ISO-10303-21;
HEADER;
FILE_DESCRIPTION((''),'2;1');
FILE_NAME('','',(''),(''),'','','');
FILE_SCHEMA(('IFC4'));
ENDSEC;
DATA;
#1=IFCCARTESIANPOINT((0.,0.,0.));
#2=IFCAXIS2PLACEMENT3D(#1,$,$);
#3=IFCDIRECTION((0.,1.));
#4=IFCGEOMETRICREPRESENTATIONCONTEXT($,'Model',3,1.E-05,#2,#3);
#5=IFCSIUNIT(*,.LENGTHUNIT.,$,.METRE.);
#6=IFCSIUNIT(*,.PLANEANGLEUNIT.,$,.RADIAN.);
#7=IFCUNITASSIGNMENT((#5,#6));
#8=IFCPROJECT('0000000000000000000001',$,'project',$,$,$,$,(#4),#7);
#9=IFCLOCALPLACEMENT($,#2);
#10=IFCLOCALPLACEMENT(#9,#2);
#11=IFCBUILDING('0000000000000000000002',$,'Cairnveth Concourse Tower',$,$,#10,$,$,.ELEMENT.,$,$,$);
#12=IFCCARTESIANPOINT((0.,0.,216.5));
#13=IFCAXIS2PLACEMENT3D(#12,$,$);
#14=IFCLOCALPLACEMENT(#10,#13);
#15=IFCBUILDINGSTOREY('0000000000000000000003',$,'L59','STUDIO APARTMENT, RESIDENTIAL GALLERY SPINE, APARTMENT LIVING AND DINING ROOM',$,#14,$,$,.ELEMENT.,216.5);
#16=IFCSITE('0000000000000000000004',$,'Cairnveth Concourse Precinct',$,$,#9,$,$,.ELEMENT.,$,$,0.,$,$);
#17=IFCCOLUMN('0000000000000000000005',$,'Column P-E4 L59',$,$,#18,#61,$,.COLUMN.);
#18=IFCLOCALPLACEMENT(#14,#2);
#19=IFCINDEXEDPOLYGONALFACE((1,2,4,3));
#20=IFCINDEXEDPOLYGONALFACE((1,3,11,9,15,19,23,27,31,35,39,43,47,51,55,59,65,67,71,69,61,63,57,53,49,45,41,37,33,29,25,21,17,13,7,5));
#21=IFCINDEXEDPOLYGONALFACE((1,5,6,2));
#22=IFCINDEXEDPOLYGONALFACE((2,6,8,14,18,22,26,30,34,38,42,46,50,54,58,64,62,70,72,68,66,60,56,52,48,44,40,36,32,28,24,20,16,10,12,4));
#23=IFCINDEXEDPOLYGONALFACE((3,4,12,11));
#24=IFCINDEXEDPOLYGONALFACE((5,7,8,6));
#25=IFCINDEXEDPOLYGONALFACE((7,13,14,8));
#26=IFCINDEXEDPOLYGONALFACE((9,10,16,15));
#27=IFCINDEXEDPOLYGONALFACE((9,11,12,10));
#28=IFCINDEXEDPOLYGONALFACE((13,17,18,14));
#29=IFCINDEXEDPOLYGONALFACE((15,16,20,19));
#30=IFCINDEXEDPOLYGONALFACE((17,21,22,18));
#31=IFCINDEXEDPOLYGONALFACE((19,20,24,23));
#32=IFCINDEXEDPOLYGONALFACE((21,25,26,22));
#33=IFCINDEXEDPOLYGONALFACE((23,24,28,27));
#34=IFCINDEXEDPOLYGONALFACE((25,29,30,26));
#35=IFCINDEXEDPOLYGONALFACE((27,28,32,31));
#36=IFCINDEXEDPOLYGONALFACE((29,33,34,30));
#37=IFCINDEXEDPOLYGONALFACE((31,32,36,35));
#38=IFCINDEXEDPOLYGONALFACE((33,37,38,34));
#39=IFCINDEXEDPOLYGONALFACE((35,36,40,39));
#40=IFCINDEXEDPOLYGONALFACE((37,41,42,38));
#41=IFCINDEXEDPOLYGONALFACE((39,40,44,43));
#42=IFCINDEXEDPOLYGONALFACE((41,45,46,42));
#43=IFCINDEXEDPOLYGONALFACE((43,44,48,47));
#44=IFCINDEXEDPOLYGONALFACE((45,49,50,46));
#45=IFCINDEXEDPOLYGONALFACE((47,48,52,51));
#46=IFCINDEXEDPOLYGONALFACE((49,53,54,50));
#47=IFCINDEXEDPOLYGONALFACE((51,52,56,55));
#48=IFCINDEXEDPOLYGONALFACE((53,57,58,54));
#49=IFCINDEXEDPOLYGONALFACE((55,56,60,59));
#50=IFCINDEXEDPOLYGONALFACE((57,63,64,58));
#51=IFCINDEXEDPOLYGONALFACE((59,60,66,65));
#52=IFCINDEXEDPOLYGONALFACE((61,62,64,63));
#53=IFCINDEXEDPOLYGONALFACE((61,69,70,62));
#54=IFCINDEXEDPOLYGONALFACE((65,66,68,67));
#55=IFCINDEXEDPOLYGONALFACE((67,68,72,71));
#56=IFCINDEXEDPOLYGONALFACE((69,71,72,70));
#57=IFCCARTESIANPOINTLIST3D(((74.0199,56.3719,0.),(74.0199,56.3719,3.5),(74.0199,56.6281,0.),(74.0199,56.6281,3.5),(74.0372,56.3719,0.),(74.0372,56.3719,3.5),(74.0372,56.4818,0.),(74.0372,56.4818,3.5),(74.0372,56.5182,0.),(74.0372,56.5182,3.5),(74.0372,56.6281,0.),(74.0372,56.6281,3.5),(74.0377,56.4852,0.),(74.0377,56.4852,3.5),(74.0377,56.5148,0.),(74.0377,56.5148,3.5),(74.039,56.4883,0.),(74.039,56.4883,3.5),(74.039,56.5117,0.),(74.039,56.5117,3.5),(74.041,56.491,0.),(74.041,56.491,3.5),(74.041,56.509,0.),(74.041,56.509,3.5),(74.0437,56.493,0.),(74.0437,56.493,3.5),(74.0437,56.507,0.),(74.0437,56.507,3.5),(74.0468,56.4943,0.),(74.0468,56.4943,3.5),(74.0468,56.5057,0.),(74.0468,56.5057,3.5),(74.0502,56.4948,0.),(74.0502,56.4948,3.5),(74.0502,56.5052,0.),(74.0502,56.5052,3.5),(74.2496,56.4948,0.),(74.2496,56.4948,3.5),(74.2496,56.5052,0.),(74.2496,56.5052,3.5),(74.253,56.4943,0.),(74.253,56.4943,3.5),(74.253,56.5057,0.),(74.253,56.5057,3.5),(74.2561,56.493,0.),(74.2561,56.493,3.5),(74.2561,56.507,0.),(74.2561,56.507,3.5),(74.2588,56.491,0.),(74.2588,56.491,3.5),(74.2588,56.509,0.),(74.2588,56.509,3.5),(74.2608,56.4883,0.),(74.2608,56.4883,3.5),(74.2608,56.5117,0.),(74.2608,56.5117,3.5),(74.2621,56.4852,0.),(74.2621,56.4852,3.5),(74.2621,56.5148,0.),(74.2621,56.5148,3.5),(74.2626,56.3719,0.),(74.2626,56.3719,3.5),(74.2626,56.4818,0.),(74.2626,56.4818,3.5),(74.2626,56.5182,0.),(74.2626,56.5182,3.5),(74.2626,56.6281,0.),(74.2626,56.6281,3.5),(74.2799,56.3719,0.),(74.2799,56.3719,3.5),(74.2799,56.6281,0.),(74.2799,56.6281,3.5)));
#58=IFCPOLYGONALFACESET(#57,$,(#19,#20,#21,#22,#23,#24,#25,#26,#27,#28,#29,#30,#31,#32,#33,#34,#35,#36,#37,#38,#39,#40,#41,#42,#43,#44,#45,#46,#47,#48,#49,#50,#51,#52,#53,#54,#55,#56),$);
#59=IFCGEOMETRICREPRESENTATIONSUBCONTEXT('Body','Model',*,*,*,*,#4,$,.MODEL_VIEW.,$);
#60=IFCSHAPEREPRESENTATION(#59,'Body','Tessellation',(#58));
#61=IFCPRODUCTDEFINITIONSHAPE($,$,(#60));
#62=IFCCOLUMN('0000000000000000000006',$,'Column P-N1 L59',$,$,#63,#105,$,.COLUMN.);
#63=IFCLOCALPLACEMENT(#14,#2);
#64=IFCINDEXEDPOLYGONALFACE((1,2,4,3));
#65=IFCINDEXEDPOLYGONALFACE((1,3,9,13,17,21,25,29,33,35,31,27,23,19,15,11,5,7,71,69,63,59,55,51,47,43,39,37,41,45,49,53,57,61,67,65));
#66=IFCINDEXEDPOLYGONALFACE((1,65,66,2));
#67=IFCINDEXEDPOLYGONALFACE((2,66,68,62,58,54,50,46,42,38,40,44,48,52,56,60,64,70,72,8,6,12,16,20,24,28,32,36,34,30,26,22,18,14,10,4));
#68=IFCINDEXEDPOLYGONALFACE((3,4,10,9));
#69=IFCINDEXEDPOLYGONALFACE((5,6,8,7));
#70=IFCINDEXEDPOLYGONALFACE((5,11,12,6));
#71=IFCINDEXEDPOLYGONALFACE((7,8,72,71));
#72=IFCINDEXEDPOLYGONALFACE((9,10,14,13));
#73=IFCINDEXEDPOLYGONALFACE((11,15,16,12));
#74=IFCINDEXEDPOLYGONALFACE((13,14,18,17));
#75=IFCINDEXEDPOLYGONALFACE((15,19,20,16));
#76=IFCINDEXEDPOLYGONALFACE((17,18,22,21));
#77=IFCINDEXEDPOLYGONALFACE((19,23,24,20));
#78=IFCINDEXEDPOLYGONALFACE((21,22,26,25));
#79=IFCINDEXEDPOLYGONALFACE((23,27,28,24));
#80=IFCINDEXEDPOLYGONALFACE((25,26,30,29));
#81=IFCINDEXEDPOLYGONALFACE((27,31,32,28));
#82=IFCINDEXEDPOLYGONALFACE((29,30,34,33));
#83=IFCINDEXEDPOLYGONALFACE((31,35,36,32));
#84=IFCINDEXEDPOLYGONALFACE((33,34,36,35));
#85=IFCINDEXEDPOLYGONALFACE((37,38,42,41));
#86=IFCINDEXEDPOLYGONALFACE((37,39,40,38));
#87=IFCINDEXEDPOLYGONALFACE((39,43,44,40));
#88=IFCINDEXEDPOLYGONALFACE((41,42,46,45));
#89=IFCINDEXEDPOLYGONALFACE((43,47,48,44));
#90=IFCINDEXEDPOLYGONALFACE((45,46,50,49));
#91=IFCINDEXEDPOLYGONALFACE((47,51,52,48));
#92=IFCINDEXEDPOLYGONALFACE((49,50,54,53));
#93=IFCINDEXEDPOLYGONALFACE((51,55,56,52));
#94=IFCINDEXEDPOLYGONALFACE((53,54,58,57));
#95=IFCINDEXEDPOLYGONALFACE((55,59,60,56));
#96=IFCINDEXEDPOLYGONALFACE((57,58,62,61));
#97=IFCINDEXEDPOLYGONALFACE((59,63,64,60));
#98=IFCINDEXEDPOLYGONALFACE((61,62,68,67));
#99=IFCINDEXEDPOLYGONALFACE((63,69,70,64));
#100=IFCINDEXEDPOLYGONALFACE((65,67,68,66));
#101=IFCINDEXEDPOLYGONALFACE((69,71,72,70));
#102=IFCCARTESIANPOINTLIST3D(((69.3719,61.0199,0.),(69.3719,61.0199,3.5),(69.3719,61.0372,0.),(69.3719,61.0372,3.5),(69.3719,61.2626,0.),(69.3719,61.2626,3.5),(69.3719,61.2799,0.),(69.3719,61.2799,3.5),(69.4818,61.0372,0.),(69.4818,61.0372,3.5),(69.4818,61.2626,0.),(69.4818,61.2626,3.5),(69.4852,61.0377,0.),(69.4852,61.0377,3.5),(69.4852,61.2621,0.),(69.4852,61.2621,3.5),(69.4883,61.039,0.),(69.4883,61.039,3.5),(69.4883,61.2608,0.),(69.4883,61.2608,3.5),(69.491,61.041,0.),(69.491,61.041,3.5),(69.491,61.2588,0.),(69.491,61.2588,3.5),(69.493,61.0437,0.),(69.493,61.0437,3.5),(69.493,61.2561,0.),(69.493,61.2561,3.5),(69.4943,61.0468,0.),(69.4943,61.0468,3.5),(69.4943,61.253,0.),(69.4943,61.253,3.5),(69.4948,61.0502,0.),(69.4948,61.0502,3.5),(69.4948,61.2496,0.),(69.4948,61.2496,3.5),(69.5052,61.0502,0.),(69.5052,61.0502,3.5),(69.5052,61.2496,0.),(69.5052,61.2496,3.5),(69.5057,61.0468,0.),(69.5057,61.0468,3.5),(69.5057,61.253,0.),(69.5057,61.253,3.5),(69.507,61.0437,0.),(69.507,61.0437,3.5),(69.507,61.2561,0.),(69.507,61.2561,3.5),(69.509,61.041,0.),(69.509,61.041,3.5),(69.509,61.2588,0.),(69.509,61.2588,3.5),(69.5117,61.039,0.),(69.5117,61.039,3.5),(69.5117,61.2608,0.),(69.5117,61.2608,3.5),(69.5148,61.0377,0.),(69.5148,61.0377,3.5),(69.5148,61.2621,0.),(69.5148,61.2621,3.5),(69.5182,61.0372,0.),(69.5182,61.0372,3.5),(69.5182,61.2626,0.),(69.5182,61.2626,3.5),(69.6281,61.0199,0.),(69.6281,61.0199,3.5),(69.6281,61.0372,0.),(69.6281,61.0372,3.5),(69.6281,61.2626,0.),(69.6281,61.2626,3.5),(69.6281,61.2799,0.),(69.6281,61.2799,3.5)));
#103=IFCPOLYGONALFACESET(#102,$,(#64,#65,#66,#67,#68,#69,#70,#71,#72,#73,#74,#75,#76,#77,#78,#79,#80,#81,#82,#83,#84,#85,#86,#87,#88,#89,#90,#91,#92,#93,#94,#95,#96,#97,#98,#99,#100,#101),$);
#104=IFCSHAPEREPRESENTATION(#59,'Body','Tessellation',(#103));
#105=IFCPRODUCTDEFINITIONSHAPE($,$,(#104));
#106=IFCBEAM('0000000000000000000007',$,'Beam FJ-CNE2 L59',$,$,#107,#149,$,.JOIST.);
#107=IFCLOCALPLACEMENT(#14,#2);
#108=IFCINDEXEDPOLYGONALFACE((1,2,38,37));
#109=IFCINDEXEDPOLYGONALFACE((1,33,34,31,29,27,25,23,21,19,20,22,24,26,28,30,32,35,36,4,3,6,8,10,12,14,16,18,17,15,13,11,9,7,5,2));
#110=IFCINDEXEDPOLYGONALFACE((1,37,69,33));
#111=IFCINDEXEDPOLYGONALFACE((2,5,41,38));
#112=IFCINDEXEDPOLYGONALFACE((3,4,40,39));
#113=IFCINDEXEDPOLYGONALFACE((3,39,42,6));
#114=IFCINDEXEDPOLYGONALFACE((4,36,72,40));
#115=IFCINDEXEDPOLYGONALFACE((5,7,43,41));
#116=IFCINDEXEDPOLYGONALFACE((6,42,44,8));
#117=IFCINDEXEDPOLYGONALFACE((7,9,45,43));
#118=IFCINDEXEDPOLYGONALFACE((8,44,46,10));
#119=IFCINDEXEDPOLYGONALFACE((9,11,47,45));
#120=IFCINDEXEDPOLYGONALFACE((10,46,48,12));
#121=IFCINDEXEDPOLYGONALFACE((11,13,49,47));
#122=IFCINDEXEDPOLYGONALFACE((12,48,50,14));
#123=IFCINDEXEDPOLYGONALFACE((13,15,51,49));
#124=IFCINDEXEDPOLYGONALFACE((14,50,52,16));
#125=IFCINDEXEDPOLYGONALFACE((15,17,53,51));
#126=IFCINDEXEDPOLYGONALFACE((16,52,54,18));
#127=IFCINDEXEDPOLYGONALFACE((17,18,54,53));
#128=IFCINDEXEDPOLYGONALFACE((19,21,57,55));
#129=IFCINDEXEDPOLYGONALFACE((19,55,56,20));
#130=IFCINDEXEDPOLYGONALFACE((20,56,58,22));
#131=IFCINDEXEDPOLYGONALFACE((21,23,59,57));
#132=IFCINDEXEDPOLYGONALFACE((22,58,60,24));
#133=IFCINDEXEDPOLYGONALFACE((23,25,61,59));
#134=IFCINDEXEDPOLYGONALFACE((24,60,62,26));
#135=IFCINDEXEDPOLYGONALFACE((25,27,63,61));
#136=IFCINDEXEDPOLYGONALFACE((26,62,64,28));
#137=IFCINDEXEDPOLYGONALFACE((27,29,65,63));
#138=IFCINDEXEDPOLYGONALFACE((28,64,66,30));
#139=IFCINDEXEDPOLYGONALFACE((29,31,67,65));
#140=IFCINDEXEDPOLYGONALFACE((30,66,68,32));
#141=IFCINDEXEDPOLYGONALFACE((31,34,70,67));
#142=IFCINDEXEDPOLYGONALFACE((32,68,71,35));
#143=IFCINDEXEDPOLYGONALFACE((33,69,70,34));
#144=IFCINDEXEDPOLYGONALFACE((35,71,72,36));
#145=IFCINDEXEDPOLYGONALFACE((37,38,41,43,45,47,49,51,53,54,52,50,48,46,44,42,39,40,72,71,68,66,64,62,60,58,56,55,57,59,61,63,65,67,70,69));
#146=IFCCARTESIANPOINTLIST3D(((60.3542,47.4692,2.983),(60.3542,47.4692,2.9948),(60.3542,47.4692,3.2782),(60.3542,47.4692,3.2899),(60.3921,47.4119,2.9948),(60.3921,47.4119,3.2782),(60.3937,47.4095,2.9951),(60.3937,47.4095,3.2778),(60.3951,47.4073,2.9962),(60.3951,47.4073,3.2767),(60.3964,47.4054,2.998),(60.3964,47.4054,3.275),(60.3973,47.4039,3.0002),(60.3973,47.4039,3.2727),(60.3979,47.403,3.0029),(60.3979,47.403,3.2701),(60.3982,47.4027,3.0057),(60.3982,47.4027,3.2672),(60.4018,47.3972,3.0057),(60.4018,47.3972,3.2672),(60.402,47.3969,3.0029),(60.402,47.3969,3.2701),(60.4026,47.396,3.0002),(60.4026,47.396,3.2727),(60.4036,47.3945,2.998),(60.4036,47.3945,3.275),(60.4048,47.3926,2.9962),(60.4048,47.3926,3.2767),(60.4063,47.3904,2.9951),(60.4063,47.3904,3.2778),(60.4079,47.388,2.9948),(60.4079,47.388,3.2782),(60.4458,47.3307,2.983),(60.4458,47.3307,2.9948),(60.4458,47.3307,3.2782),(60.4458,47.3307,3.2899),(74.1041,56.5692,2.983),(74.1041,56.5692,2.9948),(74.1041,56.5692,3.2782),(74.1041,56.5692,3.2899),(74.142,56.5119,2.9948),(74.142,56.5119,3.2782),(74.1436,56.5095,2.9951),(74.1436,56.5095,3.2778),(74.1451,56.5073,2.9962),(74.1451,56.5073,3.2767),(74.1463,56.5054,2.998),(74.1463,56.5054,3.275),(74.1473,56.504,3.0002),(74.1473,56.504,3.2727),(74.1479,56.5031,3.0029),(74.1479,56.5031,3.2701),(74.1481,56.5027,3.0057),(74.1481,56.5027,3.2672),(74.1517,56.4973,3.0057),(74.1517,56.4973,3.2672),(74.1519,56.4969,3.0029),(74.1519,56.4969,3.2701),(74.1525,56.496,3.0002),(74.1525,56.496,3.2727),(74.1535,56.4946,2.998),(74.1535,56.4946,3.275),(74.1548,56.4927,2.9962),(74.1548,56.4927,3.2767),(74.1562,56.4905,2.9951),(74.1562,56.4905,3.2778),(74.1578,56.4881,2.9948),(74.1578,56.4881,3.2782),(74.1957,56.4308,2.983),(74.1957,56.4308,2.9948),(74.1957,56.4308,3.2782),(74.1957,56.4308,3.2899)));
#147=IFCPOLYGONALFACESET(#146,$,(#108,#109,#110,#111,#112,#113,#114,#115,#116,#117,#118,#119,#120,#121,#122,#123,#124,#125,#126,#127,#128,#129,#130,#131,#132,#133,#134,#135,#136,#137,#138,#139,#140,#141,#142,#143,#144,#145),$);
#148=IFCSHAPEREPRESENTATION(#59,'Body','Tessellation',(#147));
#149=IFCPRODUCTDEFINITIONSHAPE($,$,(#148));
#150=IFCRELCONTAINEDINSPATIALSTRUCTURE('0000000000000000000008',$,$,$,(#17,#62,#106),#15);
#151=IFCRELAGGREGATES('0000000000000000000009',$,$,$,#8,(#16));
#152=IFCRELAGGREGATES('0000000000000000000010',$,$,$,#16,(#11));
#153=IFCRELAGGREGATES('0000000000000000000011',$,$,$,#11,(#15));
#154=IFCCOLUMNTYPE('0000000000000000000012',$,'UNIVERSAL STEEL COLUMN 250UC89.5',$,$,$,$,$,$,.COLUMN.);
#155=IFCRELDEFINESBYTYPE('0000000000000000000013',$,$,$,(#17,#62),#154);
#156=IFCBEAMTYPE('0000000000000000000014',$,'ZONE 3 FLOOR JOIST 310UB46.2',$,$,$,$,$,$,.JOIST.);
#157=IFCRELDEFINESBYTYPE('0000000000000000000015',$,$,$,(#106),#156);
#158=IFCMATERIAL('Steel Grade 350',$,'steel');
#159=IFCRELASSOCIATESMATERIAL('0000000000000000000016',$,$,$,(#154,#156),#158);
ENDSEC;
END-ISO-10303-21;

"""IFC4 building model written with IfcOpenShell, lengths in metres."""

from ifc_helpers import new_model, si_unit, direction, frame, origin, origin_2d, place, context, subcontext, project, spatial, i_section, extrude, material, material_profile, profile_set, type_object, element, save


model = new_model("IFC4")

# Units and contexts
model_context = context("Model", 3, precision=1e-05, world=origin(), true_north=direction((0.0, 1.0)))
body_context = subcontext(model_context, "Body", "Model", "MODEL_VIEW")
ifc_project = project(units=[si_unit("LENGTHUNIT", "METRE"), si_unit("PLANEANGLEUNIT", "RADIAN")], contexts=[model_context])

# Site, building, storey
site_placement = place(None, origin())
site = spatial("IfcSite", under=ifc_project, at=site_placement, Name="Cairnveth Concourse Precinct", CompositionType="ELEMENT", RefElevation=0.0)
building_placement = place(site_placement, origin())
building = spatial("IfcBuilding", under=site, at=building_placement, Name="Cairnveth Concourse Tower", CompositionType="ELEMENT")
storey_placement = place(building_placement, frame((0.0, 0.0, 216.5)))
storey = spatial("IfcBuildingStorey", under=building, at=storey_placement, Name="L59", Description="STUDIO APARTMENT, RESIDENTIAL GALLERY SPINE, APARTMENT LIVING AND DINING ROOM", CompositionType="ELEMENT", Elevation=216.5)

# Columns
ifc_material_1 = material(Name="Steel Grade 350", Category="steel")
ifc_material_profile_1 = material_profile(ifc_material_1, i_section(OverallWidth=0.2561, OverallDepth=0.26, WebThickness=0.0105, FlangeThickness=0.0173, FilletRadius=0.0129, at=origin_2d()), Name="250UC89.5")
ifc_profile_set_1 = profile_set([ifc_material_profile_1], Name="Steel Grade 350")
column_type = type_object("IfcColumnType", Name="UNIVERSAL STEEL COLUMN 250UC89.5", PredefinedType="COLUMN", material=ifc_profile_set_1)
for number, where, z_axis, x_axis, name in (
    (1, (74.1499, 56.5, 0.0), (0.0, 0.0, 1.0), (0.0, 1.0, 0.0), "Column P-E4 L59"),
    (2, (69.5, 61.1499, 0.0), (0.0, 0.0, 1.0), (1.0, 0.0, 0.0), "Column P-N1 L59"),
):
    element("IfcColumn", number, at=place(storey_placement, frame(where, z_axis=z_axis, x_axis=x_axis)), inside=storey, type_object=column_type, Name=name, PredefinedType="COLUMN", context=body_context, shape_type="SweptSolid", body=[
        extrude(i_section(OverallWidth=0.2561, OverallDepth=0.26, WebThickness=0.0105, FlangeThickness=0.0173, FilletRadius=0.0129, at=origin_2d()), origin(), (0.0, 0.0, 1.0), 3.5),
    ])

# Beam
ifc_material_profile_2 = material_profile(ifc_material_1, i_section(OverallWidth=0.166, OverallDepth=0.3069, WebThickness=0.0066, FlangeThickness=0.0117, FilletRadius=0.011, at=origin_2d()), Name="310UB46.2")
ifc_profile_set_2 = profile_set([ifc_material_profile_2], Name="Steel Grade 350")
beam_type_1 = type_object("IfcBeamType", Name="ZONE 3 FLOOR JOIST 310UB46.2", PredefinedType="JOIST", material=ifc_profile_set_2)
beam_1_placement = place(storey_placement, frame((74.1499, 56.5, 3.1365), z_axis=(-0.833909, -0.551902, 0.0), x_axis=(0.551902, -0.833909, 0.0)))
element("IfcBeam", 3, at=beam_1_placement, inside=storey, type_object=beam_type_1, Name="Beam FJ-CNE2 L59", PredefinedType="JOIST", context=body_context, shape_type="SweptSolid", body=[
    extrude(i_section(OverallWidth=0.166, OverallDepth=0.3069, WebThickness=0.0066, FlangeThickness=0.0117, FilletRadius=0.011, at=origin_2d()), origin(), (0.0, 0.0, 1.0), 16.4885),
])

save(model, "model.ifc")
